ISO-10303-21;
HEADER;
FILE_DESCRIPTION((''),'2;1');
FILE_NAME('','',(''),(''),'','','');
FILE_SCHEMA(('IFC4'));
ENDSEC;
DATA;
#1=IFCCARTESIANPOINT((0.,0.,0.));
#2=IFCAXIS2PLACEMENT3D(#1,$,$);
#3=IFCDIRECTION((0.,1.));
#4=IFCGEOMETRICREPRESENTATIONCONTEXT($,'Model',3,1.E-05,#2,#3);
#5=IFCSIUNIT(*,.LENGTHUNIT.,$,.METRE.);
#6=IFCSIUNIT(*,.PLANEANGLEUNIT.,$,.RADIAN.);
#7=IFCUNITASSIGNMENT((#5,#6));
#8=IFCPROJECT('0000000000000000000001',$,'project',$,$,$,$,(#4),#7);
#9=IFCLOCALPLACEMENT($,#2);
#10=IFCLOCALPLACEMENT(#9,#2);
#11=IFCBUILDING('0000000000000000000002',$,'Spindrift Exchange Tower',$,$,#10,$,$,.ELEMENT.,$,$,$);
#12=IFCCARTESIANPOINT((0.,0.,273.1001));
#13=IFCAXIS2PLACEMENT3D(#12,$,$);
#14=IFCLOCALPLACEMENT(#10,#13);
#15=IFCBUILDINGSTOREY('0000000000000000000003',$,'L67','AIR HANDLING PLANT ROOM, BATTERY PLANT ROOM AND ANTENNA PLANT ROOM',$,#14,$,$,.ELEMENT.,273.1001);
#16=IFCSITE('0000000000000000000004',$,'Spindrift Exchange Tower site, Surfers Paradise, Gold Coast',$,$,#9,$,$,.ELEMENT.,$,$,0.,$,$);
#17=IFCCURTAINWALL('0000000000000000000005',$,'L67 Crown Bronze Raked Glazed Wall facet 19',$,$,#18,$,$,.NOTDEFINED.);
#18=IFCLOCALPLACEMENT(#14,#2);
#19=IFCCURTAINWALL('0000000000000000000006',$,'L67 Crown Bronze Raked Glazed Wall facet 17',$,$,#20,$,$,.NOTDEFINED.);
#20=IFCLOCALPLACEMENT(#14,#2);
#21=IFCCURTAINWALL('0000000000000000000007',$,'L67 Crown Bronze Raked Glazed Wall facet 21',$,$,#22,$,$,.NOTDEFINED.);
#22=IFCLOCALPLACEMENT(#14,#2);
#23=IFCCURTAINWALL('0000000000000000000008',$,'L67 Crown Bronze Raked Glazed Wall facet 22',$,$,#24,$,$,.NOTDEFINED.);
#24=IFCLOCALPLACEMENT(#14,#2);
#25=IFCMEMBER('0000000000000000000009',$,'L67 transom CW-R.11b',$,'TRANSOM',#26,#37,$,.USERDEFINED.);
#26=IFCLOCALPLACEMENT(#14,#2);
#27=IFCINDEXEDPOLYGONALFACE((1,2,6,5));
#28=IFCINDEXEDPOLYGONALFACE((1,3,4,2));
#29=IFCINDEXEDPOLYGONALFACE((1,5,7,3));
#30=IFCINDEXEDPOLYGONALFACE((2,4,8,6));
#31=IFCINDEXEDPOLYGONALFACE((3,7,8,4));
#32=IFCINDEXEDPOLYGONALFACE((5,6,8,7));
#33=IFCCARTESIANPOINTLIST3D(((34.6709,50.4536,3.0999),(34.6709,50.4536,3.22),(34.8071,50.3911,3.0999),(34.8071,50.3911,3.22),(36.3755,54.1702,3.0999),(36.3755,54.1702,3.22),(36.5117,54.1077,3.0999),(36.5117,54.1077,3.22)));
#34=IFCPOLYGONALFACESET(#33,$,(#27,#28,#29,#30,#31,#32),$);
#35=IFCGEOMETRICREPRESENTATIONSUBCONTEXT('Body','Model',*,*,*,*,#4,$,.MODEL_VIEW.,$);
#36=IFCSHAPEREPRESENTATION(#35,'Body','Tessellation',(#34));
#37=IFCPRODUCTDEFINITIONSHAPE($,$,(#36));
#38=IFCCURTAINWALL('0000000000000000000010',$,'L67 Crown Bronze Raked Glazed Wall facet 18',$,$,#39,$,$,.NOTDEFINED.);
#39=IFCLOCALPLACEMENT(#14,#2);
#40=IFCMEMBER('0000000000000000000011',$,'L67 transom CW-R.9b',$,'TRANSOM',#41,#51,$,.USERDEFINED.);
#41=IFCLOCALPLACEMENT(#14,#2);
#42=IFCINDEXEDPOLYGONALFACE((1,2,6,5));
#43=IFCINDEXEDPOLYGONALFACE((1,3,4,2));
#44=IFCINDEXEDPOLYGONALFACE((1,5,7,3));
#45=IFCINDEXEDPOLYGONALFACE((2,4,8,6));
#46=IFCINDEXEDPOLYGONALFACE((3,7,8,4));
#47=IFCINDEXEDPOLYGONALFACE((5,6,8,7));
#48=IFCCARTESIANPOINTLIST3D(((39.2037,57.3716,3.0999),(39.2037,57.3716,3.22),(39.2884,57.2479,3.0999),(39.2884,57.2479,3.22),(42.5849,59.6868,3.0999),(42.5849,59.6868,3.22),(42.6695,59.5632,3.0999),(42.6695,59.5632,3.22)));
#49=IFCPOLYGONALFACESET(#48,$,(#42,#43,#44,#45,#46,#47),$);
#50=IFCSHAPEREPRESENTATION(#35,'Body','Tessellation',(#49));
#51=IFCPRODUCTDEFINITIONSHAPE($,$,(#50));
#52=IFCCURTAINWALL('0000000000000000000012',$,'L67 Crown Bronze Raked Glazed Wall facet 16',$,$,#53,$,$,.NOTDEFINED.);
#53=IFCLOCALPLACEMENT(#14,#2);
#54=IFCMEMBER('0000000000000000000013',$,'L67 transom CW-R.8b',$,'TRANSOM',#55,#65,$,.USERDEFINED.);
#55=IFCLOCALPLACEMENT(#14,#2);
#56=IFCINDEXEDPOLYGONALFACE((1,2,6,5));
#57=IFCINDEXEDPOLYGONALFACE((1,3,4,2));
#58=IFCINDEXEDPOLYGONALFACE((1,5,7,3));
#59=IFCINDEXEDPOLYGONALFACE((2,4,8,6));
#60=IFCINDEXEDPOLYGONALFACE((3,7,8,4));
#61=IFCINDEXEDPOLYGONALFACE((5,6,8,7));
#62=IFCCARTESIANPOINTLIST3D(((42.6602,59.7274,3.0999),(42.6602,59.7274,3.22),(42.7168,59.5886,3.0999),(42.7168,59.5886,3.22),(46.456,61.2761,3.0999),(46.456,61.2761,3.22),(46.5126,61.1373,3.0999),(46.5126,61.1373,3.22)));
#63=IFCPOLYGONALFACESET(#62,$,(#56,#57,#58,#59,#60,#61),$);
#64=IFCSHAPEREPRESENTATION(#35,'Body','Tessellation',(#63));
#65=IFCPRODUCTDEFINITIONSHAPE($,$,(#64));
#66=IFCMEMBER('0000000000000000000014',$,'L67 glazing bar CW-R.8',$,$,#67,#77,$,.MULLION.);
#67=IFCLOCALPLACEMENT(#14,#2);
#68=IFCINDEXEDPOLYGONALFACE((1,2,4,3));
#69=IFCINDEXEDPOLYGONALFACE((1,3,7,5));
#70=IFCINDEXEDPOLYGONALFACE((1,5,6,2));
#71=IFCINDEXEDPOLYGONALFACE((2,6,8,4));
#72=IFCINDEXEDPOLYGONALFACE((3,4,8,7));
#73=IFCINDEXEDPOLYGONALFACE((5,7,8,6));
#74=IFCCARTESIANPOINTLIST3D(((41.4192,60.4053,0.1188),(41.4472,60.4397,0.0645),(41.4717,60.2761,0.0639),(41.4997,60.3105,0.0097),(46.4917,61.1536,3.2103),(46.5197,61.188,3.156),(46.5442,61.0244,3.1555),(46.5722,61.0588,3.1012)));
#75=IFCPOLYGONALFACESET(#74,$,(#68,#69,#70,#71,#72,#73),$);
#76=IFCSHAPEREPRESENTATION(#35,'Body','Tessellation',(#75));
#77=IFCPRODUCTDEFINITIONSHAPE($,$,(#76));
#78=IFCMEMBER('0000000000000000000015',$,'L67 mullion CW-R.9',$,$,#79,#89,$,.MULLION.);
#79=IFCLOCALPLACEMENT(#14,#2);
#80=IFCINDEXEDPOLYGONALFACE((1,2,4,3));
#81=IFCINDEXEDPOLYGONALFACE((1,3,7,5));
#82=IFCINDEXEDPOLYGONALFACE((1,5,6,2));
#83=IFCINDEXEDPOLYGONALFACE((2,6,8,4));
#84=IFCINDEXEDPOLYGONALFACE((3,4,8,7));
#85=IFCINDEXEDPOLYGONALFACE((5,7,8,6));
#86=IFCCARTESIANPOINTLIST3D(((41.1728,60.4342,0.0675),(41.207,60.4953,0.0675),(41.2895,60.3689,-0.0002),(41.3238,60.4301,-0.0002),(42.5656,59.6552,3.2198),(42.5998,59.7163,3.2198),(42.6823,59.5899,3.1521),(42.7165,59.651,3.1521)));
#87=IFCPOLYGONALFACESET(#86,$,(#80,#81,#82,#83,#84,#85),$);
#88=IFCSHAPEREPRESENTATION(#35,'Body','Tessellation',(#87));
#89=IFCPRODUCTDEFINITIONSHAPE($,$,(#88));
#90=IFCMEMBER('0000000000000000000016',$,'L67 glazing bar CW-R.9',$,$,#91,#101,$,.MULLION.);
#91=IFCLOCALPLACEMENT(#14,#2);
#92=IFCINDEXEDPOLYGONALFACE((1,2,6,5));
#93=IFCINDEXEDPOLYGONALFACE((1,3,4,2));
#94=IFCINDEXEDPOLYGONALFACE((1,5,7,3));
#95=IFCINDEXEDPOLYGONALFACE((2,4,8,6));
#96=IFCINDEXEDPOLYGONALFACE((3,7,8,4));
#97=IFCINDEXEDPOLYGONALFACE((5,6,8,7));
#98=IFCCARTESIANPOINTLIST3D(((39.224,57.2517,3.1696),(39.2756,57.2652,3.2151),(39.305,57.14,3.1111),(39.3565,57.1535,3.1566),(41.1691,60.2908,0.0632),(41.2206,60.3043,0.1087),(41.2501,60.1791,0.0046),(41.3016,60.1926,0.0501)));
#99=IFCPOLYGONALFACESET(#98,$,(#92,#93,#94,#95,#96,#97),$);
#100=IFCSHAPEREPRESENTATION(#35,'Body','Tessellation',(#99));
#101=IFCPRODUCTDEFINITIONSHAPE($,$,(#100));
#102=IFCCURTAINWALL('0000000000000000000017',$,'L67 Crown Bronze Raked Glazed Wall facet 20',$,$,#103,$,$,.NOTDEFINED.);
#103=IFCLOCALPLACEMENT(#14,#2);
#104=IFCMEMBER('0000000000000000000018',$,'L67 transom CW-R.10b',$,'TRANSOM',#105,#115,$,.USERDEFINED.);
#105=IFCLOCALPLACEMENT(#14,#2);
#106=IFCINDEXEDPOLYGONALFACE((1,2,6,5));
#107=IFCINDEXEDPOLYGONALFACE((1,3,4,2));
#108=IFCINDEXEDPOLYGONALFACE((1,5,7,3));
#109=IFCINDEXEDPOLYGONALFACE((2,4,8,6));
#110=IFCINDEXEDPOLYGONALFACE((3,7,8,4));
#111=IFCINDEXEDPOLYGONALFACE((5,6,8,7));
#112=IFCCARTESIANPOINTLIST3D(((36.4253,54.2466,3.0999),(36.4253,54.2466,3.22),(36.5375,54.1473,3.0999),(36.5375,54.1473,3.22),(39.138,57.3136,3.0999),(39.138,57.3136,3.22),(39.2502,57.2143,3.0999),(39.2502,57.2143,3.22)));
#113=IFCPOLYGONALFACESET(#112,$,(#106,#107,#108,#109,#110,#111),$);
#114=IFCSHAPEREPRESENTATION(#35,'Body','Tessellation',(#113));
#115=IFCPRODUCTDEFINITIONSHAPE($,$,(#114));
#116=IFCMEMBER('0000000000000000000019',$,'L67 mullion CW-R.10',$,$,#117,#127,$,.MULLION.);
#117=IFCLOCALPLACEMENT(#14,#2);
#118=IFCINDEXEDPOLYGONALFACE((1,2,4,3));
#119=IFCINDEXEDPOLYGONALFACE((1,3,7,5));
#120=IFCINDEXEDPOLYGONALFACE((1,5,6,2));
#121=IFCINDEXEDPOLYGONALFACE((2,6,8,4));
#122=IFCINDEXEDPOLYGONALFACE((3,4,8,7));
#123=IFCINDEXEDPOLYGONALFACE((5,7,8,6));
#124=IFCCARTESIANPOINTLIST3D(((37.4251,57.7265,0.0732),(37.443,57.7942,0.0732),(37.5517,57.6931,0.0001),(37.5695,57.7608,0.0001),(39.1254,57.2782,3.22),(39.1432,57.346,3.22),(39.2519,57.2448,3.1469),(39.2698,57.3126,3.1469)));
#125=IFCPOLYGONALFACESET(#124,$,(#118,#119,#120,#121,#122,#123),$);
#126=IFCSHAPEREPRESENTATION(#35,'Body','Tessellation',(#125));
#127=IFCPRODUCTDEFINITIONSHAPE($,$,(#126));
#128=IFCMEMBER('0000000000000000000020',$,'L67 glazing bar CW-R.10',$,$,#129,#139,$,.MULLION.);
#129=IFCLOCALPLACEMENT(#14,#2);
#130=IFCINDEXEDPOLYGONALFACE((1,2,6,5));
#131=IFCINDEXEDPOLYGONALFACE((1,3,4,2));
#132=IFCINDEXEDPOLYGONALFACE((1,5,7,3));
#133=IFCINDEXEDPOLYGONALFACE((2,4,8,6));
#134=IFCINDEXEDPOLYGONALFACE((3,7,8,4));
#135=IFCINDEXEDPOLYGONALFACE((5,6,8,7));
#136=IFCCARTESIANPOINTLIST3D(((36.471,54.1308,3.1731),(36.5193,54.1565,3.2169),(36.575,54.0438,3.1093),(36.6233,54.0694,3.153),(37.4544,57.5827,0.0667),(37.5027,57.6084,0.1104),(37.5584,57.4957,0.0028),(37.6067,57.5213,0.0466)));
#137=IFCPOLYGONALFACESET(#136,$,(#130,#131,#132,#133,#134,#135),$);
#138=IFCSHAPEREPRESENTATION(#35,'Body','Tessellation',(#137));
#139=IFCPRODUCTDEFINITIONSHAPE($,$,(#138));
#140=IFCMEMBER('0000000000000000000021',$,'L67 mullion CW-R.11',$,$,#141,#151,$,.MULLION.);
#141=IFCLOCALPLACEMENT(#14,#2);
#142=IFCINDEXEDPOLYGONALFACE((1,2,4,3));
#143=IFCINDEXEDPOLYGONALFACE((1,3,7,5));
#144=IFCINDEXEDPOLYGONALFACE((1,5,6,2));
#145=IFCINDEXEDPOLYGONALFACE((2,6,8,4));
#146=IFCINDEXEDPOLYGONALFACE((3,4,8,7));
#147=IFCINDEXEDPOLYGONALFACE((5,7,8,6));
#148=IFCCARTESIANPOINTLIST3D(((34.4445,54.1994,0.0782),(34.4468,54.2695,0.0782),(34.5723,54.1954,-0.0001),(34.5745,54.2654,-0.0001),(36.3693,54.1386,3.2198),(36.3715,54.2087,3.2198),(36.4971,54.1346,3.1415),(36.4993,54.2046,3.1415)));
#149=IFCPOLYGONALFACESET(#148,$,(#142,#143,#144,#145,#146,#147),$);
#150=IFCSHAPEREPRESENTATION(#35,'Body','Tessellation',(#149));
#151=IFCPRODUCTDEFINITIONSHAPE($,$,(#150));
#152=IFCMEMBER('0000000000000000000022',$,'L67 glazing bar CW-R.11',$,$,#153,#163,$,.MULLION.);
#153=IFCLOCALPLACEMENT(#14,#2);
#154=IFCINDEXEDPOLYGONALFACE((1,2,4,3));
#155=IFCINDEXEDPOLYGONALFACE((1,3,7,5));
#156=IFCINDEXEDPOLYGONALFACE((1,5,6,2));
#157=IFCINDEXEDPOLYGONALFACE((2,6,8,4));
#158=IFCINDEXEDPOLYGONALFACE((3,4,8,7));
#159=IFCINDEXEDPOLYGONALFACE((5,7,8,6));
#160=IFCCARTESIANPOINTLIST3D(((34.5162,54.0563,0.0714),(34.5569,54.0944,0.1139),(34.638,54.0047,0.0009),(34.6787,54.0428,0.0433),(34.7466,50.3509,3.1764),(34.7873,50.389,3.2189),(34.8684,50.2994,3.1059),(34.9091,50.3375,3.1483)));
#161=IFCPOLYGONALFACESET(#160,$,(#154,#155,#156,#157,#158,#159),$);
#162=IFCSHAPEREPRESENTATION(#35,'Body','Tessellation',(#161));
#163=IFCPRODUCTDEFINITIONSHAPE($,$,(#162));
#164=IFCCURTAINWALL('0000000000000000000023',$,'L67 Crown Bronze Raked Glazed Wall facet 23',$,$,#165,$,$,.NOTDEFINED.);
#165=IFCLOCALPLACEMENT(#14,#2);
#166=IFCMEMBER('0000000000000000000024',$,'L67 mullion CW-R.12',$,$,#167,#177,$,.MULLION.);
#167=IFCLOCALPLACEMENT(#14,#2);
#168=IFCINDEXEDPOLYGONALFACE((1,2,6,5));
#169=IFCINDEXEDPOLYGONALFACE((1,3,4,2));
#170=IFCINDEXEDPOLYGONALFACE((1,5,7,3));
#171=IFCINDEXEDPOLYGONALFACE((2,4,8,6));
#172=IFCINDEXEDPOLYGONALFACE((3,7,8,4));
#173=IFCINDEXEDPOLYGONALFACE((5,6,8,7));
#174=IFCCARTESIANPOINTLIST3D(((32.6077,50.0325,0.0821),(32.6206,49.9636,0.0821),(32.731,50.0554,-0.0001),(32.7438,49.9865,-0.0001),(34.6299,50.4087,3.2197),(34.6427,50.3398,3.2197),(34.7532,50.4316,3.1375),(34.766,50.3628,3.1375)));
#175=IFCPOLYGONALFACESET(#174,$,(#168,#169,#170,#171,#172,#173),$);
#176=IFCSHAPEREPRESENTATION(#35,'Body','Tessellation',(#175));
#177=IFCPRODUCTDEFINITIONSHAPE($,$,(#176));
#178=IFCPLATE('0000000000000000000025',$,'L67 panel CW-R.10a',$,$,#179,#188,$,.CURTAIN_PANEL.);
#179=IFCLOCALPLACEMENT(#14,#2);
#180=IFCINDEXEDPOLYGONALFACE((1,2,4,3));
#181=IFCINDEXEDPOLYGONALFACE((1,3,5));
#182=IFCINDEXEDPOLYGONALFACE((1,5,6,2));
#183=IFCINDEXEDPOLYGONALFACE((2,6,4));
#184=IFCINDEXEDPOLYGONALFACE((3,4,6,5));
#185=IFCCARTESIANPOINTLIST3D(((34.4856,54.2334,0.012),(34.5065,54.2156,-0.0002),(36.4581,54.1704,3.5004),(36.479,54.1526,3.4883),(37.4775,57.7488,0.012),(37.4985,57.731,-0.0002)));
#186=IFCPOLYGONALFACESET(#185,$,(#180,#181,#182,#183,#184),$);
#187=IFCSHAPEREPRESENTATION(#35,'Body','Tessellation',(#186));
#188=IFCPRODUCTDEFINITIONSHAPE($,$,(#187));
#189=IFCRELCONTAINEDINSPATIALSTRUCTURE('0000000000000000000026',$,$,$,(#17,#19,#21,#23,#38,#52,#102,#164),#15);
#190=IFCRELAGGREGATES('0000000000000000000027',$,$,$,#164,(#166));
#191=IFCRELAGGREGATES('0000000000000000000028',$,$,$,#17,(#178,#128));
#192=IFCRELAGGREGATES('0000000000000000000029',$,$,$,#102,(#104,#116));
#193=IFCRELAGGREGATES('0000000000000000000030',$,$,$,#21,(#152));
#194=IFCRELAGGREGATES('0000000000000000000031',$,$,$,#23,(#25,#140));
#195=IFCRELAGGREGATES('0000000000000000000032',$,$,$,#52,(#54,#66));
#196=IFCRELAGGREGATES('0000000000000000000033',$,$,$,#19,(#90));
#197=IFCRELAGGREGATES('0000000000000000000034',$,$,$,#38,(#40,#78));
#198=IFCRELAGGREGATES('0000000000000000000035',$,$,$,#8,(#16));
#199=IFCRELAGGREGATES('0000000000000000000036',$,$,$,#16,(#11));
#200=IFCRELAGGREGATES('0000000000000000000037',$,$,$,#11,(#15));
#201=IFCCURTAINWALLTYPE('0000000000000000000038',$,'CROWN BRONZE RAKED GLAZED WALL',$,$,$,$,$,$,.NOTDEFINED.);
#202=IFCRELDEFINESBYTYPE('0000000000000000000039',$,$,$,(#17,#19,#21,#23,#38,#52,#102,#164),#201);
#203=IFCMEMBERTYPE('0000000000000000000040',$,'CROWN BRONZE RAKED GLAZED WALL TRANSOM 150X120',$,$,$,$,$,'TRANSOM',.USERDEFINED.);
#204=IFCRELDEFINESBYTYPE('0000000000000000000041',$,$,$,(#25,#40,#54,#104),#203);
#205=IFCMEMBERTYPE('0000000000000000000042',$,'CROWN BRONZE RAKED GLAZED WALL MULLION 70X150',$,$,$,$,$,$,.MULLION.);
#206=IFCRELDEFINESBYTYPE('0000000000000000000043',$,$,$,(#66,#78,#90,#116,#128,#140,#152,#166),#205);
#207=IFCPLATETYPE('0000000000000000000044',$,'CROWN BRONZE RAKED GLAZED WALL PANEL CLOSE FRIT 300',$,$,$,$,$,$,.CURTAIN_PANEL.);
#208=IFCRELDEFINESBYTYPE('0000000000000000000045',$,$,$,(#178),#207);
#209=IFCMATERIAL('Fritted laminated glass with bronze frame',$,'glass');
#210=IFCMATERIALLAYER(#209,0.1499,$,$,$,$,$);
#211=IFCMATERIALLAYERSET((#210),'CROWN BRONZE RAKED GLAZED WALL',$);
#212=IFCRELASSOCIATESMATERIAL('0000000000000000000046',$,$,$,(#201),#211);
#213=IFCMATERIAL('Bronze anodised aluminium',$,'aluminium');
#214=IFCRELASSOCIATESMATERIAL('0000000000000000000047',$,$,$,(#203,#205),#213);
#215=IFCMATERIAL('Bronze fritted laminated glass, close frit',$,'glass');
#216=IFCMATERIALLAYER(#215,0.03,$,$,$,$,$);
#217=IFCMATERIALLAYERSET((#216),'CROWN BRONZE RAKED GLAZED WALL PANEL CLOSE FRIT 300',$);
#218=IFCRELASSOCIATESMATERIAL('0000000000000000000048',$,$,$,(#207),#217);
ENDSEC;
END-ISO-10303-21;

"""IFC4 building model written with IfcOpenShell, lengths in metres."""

from ifc_helpers import new_model, si_unit, direction, frame, origin, origin_2d, place, context, subcontext, project, spatial, line, indexed_curve, rectangle, outline, extrude, source, transform, mapped, material, layer, layer_set, material_profile, profile_set, type_object, element, aggregate, save


model = new_model("IFC4")

# Units and contexts
model_context = context("Model", 3, precision=1e-05, world=origin(), true_north=direction((0.0, 1.0)))
body_context = subcontext(model_context, "Body", "Model", "MODEL_VIEW")
ifc_project = project(units=[si_unit("LENGTHUNIT", "METRE"), si_unit("PLANEANGLEUNIT", "RADIAN")], contexts=[model_context])

# Site, building, storey
site_placement = place(None, origin())
site = spatial("IfcSite", under=ifc_project, at=site_placement, Name="Spindrift Exchange Tower site, Surfers Paradise, Gold Coast", CompositionType="ELEMENT", RefElevation=0.0)
building_placement = place(site_placement, origin())
building = spatial("IfcBuilding", under=site, at=building_placement, Name="Spindrift Exchange Tower", CompositionType="ELEMENT")
storey_placement = place(building_placement, frame((0.0, 0.0, 273.1001)))
storey = spatial("IfcBuildingStorey", under=building, at=storey_placement, Name="L67", Description="AIR HANDLING PLANT ROOM, BATTERY PLANT ROOM AND ANTENNA PLANT ROOM", CompositionType="ELEMENT", Elevation=273.1001)

# Curtain walls, members
ifc_material_1 = material(Name="Fritted laminated glass with bronze frame", Category="glass")
ifc_layer_1 = layer(ifc_material_1, 0.1499)
ifc_layer_set_1 = layer_set([ifc_layer_1], Name="CROWN BRONZE RAKED GLAZED WALL")
curtain_wall_type = type_object("IfcCurtainWallType", Name="CROWN BRONZE RAKED GLAZED WALL", PredefinedType="NOTDEFINED", material=ifc_layer_set_1)
curtain_wall_1_placement = place(storey_placement, origin())
curtain_wall_1 = element("IfcCurtainWall", 1, at=curtain_wall_1_placement, inside=storey, type_object=curtain_wall_type, Name="L67 Crown Bronze Raked Glazed Wall facet 19", PredefinedType="NOTDEFINED")
ifc_material_2 = material(Name="Bronze anodised aluminium", Category="aluminium")
ifc_material_profile_1 = material_profile(ifc_material_2, rectangle(XDim=0.1499, YDim=0.1201, at=origin_2d()), Name="CROWN BRONZE RAKED GLAZED WALL TRANSOM 150X120")
ifc_profile_set_1 = profile_set([ifc_material_profile_1], Name="Bronze anodised aluminium")
member_type_1 = type_object("IfcMemberType", Name="CROWN BRONZE RAKED GLAZED WALL TRANSOM 150X120", ElementType="TRANSOM", PredefinedType="USERDEFINED", material=ifc_profile_set_1)
curtain_wall_2_placement = place(storey_placement, origin())
curtain_wall_2 = element("IfcCurtainWall", 2, at=curtain_wall_2_placement, inside=storey, type_object=curtain_wall_type, Name="L67 Crown Bronze Raked Glazed Wall facet 17", PredefinedType="NOTDEFINED")
curtain_wall_3_placement = place(storey_placement, origin())
curtain_wall_3 = element("IfcCurtainWall", 3, at=curtain_wall_3_placement, inside=storey, type_object=curtain_wall_type, Name="L67 Crown Bronze Raked Glazed Wall facet 21", PredefinedType="NOTDEFINED")
curtain_wall_4_placement = place(storey_placement, origin())
curtain_wall_4 = element("IfcCurtainWall", 4, at=curtain_wall_4_placement, inside=storey, type_object=curtain_wall_type, Name="L67 Crown Bronze Raked Glazed Wall facet 22", PredefinedType="NOTDEFINED")
shared_shape_1 = source(origin(), body_context, "Body", "SweptSolid", [
    extrude(rectangle(XDim=0.1499, YDim=0.1201, at=origin_2d()), origin(), (0.0, 0.0, 1.0), 4.0889),
])
member_1_placement = place(storey_placement, frame((36.4436, 54.1389, 3.1599), z_axis=(-0.416891, -0.908956, 0.0), x_axis=(0.908956, -0.416891, 0.0)))
member_1 = element("IfcMember", 5, at=member_1_placement, type_object=member_type_1, Name="L67 transom CW-R.11b", ObjectType="TRANSOM", PredefinedType="USERDEFINED", context=body_context, shape_type="MappedRepresentation", body=[
    mapped(shared_shape_1, transform((0.0, 0.0, 0.0), scale=1.0)),
])
curtain_wall_5_placement = place(storey_placement, origin())
curtain_wall_5 = element("IfcCurtainWall", 6, at=curtain_wall_5_placement, inside=storey, type_object=curtain_wall_type, Name="L67 Crown Bronze Raked Glazed Wall facet 18", PredefinedType="NOTDEFINED")
shared_shape_2 = source(origin(), body_context, "Body", "SweptSolid", [
    extrude(rectangle(XDim=0.1499, YDim=0.1201, at=origin_2d()), origin(), (0.0, 0.0, 1.0), 4.0979),
])
member_2_placement = place(storey_placement, frame((42.6272, 59.625, 3.1599), z_axis=(-0.825103, -0.564983, 0.0), x_axis=(0.564983, -0.825103, 0.0)))
member_2 = element("IfcMember", 7, at=member_2_placement, type_object=member_type_1, Name="L67 transom CW-R.9b", ObjectType="TRANSOM", PredefinedType="USERDEFINED", context=body_context, shape_type="MappedRepresentation", body=[
    mapped(shared_shape_2, transform((0.0, 0.0, 0.0), scale=1.0)),
])

# Curtain wall, members
curtain_wall_6_placement = place(storey_placement, origin())
curtain_wall_6 = element("IfcCurtainWall", 8, at=curtain_wall_6_placement, inside=storey, type_object=curtain_wall_type, Name="L67 Crown Bronze Raked Glazed Wall facet 16", PredefinedType="NOTDEFINED")
shared_shape_3 = source(origin(), body_context, "Body", "SweptSolid", [
    extrude(rectangle(XDim=0.1499, YDim=0.1201, at=origin_2d()), origin(), (0.0, 0.0, 1.0), 4.0996),
])
member_3_placement = place(storey_placement, frame((42.6885, 59.658, 3.1599), z_axis=(0.925892, 0.377789, 0.0), x_axis=(-0.377789, 0.925892, 0.0)))
member_3 = element("IfcMember", 9, at=member_3_placement, type_object=member_type_1, Name="L67 transom CW-R.8b", ObjectType="TRANSOM", PredefinedType="USERDEFINED", context=body_context, shape_type="MappedRepresentation", body=[
    mapped(shared_shape_3, transform((0.0, 0.0, 0.0), scale=1.0)),
])
ifc_material_profile_2 = material_profile(ifc_material_2, rectangle(XDim=0.0701, YDim=0.1499, at=origin_2d()), Name="CROWN BRONZE RAKED GLAZED WALL MULLION 70X150")
ifc_profile_set_2 = profile_set([ifc_material_profile_2], Name="Bronze anodised aluminium")
member_type_2 = type_object("IfcMemberType", Name="CROWN BRONZE RAKED GLAZED WALL MULLION 70X150", PredefinedType="MULLION", material=ifc_profile_set_2)
shared_shape_4 = source(origin(), body_context, "Body", "SweptSolid", [
    extrude(rectangle(XDim=0.0701, YDim=0.1499, at=origin_2d()), origin(), (0.0, 0.0, 1.0), 5.9873),
])
member_4_placement = place(storey_placement, frame((41.4595, 60.3579, 0.0642), z_axis=(0.847209, 0.124979, 0.51635), x_axis=(0.399507, 0.490785, -0.774289)))
member_4 = element("IfcMember", 10, at=member_4_placement, type_object=member_type_2, Name="L67 glazing bar CW-R.8", PredefinedType="MULLION", context=body_context, shape_type="MappedRepresentation", body=[
    mapped(shared_shape_4, transform((0.0, 0.0, 0.0), scale=1.0)),
])

# Members
shared_shape_5 = source(origin(), body_context, "Body", "SweptSolid", [
    extrude(rectangle(XDim=0.0701, YDim=0.1499, at=origin_2d()), origin(), (0.0, 0.0, 1.0), 3.5332),
])
member_5_placement = place(storey_placement, frame((41.2483, 60.4321, 0.0337), z_axis=(0.3942, -0.220489, 0.892183), x_axis=(0.488161, 0.872754, 0.0)))
member_5 = element("IfcMember", 11, at=member_5_placement, type_object=member_type_2, Name="L67 mullion CW-R.9", PredefinedType="MULLION", context=body_context, shape_type="MappedRepresentation", body=[
    mapped(shared_shape_5, transform((0.0, 0.0, 0.0), scale=1.0)),
])
shared_shape_6 = source(origin(), body_context, "Body", "SweptSolid", [
    extrude(rectangle(XDim=0.0701, YDim=0.1499, at=origin_2d()), origin(), (0.0, 0.0, 1.0), 4.7612),
])
member_6_placement = place(storey_placement, frame((41.2354, 60.2417, 0.0566), z_axis=(-0.408523, -0.638295, 0.652448), x_axis=(0.735618, 0.192928, 0.649342)))
member_6 = element("IfcMember", 12, at=member_6_placement, type_object=member_type_2, Name="L67 glazing bar CW-R.9", PredefinedType="MULLION", context=body_context, shape_type="MappedRepresentation", body=[
    mapped(shared_shape_6, transform((0.0, 0.0, 0.0), scale=1.0)),
])

# Curtain wall, members
curtain_wall_7_placement = place(storey_placement, origin())
curtain_wall_7 = element("IfcCurtainWall", 13, at=curtain_wall_7_placement, inside=storey, type_object=curtain_wall_type, Name="L67 Crown Bronze Raked Glazed Wall facet 20", PredefinedType="NOTDEFINED")
shared_shape_7 = source(origin(), body_context, "Body", "SweptSolid", [
    extrude(rectangle(XDim=0.1499, YDim=0.1201, at=origin_2d()), origin(), (0.0, 0.0, 1.0), 4.0945),
])
member_7_placement = place(storey_placement, frame((39.1941, 57.2639, 3.1599), z_axis=(-0.662522, -0.749042, 0.0), x_axis=(0.749042, -0.662522, 0.0)))
member_7 = element("IfcMember", 14, at=member_7_placement, type_object=member_type_1, Name="L67 transom CW-R.10b", ObjectType="TRANSOM", PredefinedType="USERDEFINED", context=body_context, shape_type="MappedRepresentation", body=[
    mapped(shared_shape_7, transform((0.0, 0.0, 0.0), scale=1.0)),
])
shared_shape_8 = source(origin(), body_context, "Body", "SweptSolid", [
    extrude(rectangle(XDim=0.0701, YDim=0.1499, at=origin_2d()), origin(), (0.0, 0.0, 1.0), 3.6047),
])
member_8_placement = place(storey_placement, frame((37.4973, 57.7437, 0.0366), z_axis=(0.471668, -0.124351, 0.872964), x_axis=(0.254931, 0.966959, 0.0)))
member_8 = element("IfcMember", 15, at=member_8_placement, type_object=member_type_2, Name="L67 mullion CW-R.10", PredefinedType="MULLION", context=body_context, shape_type="MappedRepresentation", body=[
    mapped(shared_shape_8, transform((0.0, 0.0, 0.0), scale=1.0)),
])

# Members
shared_shape_9 = source(origin(), body_context, "Body", "SweptSolid", [
    extrude(rectangle(XDim=0.0701, YDim=0.1499, at=origin_2d()), origin(), (0.0, 0.0, 1.0), 4.7468),
])
member_9_placement = place(storey_placement, frame((37.5305, 57.552, 0.0566), z_axis=(-0.207168, -0.727197, 0.654421), x_axis=(0.689687, 0.365863, 0.624881)))
member_9 = element("IfcMember", 16, at=member_9_placement, type_object=member_type_2, Name="L67 glazing bar CW-R.10", PredefinedType="MULLION", context=body_context, shape_type="MappedRepresentation", body=[
    mapped(shared_shape_9, transform((0.0, 0.0, 0.0), scale=1.0)),
])
shared_shape_10 = source(origin(), body_context, "Body", "SweptSolid", [
    extrude(rectangle(XDim=0.0701, YDim=0.1499, at=origin_2d()), origin(), (0.0, 0.0, 1.0), 3.6848),
])
member_10_placement = place(storey_placement, frame((34.5095, 54.2324, 0.0391), z_axis=(0.522354, -0.016497, 0.852569), x_axis=(0.031567, 0.999502, 0.0)))
member_10 = element("IfcMember", 17, at=member_10_placement, type_object=member_type_2, Name="L67 mullion CW-R.11", PredefinedType="MULLION", context=body_context, shape_type="MappedRepresentation", body=[
    mapped(shared_shape_10, transform((0.0, 0.0, 0.0), scale=1.0)),
])
shared_shape_11 = source(origin(), body_context, "Body", "SweptSolid", [
    extrude(rectangle(XDim=0.0701, YDim=0.1499, at=origin_2d()), origin(), (0.0, 0.0, 1.0), 4.8398),
])
member_11_placement = place(storey_placement, frame((34.5974, 54.0496, 0.0574), z_axis=(0.04762, -0.765598, 0.641555), x_axis=(0.580901, 0.543726, 0.605737)))
member_11 = element("IfcMember", 18, at=member_11_placement, type_object=member_type_2, Name="L67 glazing bar CW-R.11", PredefinedType="MULLION", context=body_context, shape_type="MappedRepresentation", body=[
    mapped(shared_shape_11, transform((0.0, 0.0, 0.0), scale=1.0)),
])

# Curtain wall, member
curtain_wall_8_placement = place(storey_placement, origin())
curtain_wall_8 = element("IfcCurtainWall", 19, at=curtain_wall_8_placement, inside=storey, type_object=curtain_wall_type, Name="L67 Crown Bronze Raked Glazed Wall facet 23", PredefinedType="NOTDEFINED")
shared_shape_12 = source(origin(), body_context, "Body", "SweptSolid", [
    extrude(rectangle(XDim=0.0701, YDim=0.1499, at=origin_2d()), origin(), (0.0, 0.0, 1.0), 3.7517),
])
member_12_placement = place(storey_placement, frame((32.6758, 50.0095, 0.041), z_axis=(0.538998, 0.100277, 0.836316), x_axis=(-0.182905, 0.983131, 0.0)))
member_12 = element("IfcMember", 20, at=member_12_placement, type_object=member_type_2, Name="L67 mullion CW-R.12", PredefinedType="MULLION", context=body_context, shape_type="MappedRepresentation", body=[
    mapped(shared_shape_12, transform((0.0, 0.0, 0.0), scale=1.0)),
])
aggregate(curtain_wall_8, [member_12])

# Plate
ifc_material_3 = material(Name="Bronze fritted laminated glass, close frit", Category="glass")
ifc_layer_2 = layer(ifc_material_3, 0.03)
ifc_layer_set_2 = layer_set([ifc_layer_2], Name="CROWN BRONZE RAKED GLAZED WALL PANEL CLOSE FRIT 300")
plate_type_1 = type_object("IfcPlateType", Name="CROWN BRONZE RAKED GLAZED WALL PANEL CLOSE FRIT 300", PredefinedType="CURTAIN_PANEL", material=ifc_layer_set_2)
plate_1_placement = place(storey_placement, frame((37.4775, 57.7488, 0.012), z_axis=(-0.696441, 0.592748, 0.4045), x_axis=(-0.64814, -0.761522, 0.0)))
plate_1 = element("IfcPlate", 21, at=plate_1_placement, type_object=plate_type_1, Name="L67 panel CW-R.10a", PredefinedType="CURTAIN_PANEL", context=body_context, shape_type="SweptSolid", body=[
    extrude(outline(indexed_curve([(0.0, 0.0), (4.6162, 0.0), (3.3857, 3.8145)], segments=[line(1, 2, 3, 1)], self_intersect=False)), origin(), (0.0, 0.0, -1.0), 0.03),
])
aggregate(curtain_wall_1, [plate_1, member_9])
aggregate(curtain_wall_7, [member_7, member_8])
aggregate(curtain_wall_3, [member_11])
aggregate(curtain_wall_4, [member_1, member_10])
aggregate(curtain_wall_6, [member_3, member_4])
aggregate(curtain_wall_2, [member_6])
aggregate(curtain_wall_5, [member_2, member_5])

save(model, "model.ifc")
